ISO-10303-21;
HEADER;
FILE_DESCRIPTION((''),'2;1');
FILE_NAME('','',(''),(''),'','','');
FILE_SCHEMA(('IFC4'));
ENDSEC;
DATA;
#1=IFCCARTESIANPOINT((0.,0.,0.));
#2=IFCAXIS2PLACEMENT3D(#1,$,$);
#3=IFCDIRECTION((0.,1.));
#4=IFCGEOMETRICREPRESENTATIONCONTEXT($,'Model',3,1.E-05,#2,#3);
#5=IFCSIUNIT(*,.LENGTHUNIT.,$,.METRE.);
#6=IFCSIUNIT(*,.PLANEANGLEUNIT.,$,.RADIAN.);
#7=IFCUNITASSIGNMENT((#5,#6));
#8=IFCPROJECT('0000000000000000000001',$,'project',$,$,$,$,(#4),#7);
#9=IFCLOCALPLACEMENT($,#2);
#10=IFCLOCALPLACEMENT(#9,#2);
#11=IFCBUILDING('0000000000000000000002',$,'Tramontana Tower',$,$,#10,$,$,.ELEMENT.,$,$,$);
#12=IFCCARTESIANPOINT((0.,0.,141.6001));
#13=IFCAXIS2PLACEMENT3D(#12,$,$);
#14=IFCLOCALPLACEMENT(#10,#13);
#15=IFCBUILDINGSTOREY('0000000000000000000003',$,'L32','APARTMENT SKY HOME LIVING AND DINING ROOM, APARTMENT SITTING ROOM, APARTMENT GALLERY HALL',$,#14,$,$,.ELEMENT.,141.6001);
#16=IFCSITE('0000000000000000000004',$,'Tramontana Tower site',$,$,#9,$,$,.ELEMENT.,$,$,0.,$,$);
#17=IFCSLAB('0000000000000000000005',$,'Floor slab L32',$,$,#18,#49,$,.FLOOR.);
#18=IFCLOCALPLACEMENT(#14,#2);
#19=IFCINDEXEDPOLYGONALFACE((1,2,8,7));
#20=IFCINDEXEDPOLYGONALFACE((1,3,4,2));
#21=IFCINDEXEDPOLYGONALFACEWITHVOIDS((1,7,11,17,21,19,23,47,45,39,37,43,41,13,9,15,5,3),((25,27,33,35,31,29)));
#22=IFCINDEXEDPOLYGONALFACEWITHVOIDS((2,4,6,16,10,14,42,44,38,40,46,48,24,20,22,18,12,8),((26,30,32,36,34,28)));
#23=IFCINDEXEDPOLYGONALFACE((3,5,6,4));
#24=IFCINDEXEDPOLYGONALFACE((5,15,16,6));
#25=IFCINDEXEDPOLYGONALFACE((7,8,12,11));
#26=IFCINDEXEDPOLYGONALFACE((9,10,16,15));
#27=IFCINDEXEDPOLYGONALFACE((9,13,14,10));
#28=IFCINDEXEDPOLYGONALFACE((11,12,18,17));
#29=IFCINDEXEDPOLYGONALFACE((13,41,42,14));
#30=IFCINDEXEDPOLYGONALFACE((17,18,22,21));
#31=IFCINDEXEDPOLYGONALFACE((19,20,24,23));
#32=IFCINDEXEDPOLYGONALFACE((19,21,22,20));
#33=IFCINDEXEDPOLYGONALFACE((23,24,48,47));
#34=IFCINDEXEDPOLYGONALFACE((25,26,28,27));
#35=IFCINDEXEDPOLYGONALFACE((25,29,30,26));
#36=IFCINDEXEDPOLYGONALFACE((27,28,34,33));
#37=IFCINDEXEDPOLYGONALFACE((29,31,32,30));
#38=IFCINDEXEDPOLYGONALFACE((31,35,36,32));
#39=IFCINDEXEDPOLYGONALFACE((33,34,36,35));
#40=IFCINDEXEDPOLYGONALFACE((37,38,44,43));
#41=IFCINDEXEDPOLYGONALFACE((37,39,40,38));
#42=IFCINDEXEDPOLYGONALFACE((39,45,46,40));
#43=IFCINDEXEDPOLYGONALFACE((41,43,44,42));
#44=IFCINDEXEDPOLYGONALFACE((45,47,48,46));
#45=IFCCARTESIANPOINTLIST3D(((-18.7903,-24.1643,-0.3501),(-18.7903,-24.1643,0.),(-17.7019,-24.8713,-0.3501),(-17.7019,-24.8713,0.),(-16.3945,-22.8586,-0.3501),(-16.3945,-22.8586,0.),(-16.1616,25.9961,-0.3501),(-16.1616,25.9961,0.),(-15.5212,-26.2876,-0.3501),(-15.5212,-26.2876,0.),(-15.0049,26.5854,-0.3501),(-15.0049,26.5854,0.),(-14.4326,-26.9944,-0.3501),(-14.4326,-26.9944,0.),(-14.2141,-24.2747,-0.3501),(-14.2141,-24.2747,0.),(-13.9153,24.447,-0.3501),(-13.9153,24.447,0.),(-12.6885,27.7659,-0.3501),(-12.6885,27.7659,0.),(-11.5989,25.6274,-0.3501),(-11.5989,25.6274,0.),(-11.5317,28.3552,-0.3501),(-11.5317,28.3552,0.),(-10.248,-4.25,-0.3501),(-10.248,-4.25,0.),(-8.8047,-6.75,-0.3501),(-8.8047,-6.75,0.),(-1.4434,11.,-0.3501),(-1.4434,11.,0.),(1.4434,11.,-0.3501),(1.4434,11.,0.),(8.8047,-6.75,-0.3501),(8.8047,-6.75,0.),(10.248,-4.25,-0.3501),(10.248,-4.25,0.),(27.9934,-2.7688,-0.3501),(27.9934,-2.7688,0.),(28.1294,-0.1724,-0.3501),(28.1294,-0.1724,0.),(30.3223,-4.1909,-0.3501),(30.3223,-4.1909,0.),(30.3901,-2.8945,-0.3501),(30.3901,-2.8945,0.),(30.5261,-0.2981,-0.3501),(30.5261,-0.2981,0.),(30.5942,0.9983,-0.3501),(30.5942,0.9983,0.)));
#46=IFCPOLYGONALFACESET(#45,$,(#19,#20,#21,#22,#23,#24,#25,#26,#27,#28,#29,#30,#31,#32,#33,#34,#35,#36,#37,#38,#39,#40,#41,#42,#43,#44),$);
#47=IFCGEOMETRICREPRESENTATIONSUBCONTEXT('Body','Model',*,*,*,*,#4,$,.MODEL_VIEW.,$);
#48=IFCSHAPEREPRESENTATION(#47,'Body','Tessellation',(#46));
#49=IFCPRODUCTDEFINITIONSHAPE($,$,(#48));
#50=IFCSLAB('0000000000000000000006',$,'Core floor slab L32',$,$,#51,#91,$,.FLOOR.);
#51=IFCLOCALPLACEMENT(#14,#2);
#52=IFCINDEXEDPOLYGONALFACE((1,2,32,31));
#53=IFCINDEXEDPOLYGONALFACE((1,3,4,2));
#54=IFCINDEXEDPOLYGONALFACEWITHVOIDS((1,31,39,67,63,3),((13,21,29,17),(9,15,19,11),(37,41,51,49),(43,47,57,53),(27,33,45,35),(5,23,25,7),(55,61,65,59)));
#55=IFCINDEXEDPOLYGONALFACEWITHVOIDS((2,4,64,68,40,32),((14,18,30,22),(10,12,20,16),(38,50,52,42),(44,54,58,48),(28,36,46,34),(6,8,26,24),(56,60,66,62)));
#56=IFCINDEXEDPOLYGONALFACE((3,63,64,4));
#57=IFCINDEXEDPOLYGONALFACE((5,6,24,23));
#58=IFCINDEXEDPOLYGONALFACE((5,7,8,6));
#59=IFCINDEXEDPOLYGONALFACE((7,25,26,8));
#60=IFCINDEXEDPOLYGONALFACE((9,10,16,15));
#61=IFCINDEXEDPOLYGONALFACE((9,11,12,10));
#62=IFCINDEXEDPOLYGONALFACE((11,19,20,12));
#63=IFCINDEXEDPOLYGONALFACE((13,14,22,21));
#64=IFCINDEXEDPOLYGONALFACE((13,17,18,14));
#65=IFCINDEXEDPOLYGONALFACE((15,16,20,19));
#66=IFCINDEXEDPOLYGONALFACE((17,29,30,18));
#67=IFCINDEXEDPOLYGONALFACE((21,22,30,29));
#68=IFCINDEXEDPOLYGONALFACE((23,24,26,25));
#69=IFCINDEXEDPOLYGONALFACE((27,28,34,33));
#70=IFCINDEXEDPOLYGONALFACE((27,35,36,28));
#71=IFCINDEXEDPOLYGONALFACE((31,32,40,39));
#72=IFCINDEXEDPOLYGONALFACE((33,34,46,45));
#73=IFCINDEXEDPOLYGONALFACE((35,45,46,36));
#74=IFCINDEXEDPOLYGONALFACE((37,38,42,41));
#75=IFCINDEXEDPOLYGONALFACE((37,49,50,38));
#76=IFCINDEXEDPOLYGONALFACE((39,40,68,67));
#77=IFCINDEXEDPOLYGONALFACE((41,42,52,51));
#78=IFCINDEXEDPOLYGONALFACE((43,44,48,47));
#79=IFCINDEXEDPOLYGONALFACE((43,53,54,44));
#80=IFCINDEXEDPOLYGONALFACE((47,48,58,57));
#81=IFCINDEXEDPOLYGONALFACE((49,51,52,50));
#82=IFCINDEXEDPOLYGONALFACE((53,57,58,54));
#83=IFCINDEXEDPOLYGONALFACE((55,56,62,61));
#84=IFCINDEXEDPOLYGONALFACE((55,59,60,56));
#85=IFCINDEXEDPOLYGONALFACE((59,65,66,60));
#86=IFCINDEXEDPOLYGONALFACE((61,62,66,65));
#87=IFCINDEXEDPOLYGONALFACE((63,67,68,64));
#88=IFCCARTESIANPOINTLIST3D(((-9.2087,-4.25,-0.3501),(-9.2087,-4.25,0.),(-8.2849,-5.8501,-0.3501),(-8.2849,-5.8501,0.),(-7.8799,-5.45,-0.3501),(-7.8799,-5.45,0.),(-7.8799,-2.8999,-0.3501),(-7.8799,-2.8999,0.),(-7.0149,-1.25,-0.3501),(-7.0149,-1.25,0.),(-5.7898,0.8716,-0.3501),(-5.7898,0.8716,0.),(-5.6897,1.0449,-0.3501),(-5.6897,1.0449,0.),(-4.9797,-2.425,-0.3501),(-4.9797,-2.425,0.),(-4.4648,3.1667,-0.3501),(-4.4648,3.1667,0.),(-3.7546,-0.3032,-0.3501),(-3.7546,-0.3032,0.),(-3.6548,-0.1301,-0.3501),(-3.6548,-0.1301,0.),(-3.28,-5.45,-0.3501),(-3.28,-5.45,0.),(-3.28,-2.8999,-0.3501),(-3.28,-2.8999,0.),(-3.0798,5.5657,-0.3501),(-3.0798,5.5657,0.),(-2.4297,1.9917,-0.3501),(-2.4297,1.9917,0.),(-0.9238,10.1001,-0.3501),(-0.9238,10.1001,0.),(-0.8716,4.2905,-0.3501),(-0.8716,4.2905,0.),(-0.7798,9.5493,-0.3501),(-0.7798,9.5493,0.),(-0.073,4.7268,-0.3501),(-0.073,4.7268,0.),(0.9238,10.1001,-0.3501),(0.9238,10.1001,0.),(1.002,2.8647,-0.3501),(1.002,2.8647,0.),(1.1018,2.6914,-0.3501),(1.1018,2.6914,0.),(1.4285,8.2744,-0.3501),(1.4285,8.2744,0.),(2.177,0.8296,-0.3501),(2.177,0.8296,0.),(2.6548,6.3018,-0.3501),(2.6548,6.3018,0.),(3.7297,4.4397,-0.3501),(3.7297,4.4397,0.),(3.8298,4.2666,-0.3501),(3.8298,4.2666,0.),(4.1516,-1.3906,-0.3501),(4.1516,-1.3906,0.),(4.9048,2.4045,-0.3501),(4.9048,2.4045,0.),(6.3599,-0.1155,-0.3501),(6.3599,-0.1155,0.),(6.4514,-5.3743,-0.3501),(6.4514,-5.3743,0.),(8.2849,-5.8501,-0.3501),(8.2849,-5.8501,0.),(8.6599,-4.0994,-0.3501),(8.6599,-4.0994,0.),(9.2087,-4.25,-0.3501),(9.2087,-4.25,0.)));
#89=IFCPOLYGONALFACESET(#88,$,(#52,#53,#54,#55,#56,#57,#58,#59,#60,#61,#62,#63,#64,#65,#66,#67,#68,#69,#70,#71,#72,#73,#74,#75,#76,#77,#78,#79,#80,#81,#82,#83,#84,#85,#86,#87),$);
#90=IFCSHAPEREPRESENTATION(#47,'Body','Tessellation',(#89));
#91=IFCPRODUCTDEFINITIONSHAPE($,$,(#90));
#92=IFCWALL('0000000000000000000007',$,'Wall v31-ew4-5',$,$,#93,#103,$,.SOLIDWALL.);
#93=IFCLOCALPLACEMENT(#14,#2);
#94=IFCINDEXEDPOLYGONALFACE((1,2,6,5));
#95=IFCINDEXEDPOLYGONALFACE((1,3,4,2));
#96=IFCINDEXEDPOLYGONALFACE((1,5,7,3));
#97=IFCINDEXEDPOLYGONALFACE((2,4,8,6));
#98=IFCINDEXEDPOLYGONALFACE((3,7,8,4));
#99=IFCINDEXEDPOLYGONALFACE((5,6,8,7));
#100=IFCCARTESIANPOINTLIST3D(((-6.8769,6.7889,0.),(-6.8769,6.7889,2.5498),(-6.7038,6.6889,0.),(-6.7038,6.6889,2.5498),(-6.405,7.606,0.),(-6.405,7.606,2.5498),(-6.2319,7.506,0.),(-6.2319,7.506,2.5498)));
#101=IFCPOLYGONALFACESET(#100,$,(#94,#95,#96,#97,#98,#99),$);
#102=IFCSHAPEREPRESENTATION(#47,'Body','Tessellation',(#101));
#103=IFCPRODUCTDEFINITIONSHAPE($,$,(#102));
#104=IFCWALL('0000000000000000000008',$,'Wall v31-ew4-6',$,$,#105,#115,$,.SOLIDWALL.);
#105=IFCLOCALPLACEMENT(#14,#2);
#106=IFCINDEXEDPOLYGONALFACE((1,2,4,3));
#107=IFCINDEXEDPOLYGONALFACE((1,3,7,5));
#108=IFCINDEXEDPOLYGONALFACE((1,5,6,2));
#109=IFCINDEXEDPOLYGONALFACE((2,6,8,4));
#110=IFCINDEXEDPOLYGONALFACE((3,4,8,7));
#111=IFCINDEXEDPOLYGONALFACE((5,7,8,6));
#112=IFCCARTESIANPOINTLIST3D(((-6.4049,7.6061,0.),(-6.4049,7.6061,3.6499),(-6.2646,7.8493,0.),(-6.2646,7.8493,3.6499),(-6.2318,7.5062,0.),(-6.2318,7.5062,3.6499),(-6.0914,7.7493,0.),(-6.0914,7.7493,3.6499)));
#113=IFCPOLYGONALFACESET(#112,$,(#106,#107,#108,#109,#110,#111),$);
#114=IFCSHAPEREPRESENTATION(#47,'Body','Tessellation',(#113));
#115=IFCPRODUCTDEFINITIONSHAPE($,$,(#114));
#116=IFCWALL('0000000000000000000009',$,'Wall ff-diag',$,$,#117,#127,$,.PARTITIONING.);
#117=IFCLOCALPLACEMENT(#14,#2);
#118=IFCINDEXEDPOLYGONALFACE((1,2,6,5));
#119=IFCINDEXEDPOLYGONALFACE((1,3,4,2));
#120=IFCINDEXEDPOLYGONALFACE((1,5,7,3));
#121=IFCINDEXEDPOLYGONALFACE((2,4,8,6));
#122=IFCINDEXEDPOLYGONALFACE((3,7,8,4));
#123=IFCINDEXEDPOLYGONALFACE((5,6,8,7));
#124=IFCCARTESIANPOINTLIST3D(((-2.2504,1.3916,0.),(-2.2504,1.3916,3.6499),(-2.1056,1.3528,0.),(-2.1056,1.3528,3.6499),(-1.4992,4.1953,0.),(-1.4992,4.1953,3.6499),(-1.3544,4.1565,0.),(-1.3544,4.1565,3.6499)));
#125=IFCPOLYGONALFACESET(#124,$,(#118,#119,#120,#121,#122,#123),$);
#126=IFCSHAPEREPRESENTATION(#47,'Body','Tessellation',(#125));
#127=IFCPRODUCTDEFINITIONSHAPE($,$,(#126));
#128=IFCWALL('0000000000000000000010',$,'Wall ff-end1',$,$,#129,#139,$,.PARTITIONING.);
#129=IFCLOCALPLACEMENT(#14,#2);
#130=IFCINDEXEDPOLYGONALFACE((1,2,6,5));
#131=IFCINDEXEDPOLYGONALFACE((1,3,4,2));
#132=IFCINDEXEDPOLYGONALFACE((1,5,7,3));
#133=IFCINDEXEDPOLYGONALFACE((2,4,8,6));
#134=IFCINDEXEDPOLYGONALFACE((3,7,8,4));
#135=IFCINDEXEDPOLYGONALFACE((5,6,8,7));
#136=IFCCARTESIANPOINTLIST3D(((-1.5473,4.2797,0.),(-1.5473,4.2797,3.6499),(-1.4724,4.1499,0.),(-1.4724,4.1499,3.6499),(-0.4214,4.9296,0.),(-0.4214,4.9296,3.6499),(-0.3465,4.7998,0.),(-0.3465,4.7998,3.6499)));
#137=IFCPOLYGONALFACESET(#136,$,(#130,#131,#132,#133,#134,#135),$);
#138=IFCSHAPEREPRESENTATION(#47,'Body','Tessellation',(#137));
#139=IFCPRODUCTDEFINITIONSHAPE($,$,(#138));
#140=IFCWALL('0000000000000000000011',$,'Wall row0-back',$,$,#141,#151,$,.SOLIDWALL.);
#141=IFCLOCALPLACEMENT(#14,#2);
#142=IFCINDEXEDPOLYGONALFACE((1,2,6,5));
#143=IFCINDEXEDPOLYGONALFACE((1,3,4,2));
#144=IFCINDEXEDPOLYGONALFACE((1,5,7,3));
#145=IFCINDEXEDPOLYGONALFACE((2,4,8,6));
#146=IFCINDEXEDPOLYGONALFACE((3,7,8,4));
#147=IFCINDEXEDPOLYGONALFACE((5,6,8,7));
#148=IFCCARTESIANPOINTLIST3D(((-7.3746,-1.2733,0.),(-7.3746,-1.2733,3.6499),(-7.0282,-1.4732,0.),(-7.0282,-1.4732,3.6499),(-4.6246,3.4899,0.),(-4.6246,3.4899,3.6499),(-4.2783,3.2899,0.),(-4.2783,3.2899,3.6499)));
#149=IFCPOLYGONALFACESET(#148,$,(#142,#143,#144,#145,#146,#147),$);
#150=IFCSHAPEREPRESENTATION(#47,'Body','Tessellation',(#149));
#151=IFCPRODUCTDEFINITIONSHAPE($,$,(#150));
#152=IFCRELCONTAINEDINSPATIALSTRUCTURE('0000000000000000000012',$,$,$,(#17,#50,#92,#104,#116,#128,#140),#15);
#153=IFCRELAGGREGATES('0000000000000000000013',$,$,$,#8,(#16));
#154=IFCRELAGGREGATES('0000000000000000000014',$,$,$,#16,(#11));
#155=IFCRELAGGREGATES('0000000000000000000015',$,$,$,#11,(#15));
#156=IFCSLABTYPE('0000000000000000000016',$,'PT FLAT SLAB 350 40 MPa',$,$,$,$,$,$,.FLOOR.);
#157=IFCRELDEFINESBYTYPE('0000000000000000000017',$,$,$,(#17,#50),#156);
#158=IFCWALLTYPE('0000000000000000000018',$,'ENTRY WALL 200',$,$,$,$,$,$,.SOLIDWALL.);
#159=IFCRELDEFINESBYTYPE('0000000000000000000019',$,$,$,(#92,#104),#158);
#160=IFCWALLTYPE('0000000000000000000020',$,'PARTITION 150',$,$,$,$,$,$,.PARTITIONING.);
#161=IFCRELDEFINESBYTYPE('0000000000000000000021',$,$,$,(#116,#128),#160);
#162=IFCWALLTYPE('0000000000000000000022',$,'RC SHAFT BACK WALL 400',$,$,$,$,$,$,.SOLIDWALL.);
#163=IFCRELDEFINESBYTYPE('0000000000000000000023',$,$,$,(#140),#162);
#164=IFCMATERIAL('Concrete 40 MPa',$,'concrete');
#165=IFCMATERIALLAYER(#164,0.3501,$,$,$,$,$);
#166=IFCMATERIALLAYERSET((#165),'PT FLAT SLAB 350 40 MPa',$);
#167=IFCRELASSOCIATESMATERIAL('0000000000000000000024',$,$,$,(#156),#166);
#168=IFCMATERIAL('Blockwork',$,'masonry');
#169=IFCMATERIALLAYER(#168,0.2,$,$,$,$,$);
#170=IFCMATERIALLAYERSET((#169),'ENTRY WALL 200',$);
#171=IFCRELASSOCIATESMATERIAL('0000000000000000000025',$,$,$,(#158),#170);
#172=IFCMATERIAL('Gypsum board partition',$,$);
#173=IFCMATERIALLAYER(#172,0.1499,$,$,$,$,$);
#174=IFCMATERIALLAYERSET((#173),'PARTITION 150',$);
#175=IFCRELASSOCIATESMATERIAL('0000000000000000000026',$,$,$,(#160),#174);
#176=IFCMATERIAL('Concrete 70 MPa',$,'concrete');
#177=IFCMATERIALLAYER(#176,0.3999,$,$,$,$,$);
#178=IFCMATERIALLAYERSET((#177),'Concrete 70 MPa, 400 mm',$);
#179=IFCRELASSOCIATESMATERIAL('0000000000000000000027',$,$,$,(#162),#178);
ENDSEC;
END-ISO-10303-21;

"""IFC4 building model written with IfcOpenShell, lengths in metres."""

from ifc_helpers import new_model, si_unit, direction, frame, frame_2d, origin, place, context, subcontext, project, spatial, polyline, rectangle, outline, extrude, material, layer, layer_set, type_object, element, save


model = new_model("IFC4")

# Units and contexts
model_context = context("Model", 3, precision=1e-05, world=origin(), true_north=direction((0.0, 1.0)))
body_context = subcontext(model_context, "Body", "Model", "MODEL_VIEW")
ifc_project = project(units=[si_unit("LENGTHUNIT", "METRE"), si_unit("PLANEANGLEUNIT", "RADIAN")], contexts=[model_context])

# Site, building, storey
site_placement = place(None, origin())
site = spatial("IfcSite", under=ifc_project, at=site_placement, Name="Tramontana Tower site", CompositionType="ELEMENT", RefElevation=0.0)
building_placement = place(site_placement, origin())
building = spatial("IfcBuilding", under=site, at=building_placement, Name="Tramontana Tower", CompositionType="ELEMENT")
storey_placement = place(building_placement, frame((0.0, 0.0, 141.6001)))
storey = spatial("IfcBuildingStorey", under=building, at=storey_placement, Name="L32", Description="APARTMENT SKY HOME LIVING AND DINING ROOM, APARTMENT SITTING ROOM, APARTMENT GALLERY HALL", CompositionType="ELEMENT", Elevation=141.6001)

# Slabs
ifc_material_1 = material(Name="Concrete 40 MPa", Category="concrete")
ifc_layer_1 = layer(ifc_material_1, 0.3501)
ifc_layer_set_1 = layer_set([ifc_layer_1], Name="PT FLAT SLAB 350 40 MPa")
slab_type = type_object("IfcSlabType", Name="PT FLAT SLAB 350 40 MPa", PredefinedType="FLOOR", material=ifc_layer_set_1)
slab_1_placement = place(storey_placement, frame((0.0, 0.0, -0.3501)))
element("IfcSlab", 1, at=slab_1_placement, inside=storey, type_object=slab_type, Name="Floor slab L32", PredefinedType="FLOOR", context=body_context, shape_type="SweptSolid", body=[
    extrude(outline(polyline([(30.5261, -0.2981), (28.1294, -0.1724), (27.9934, -2.7688), (30.3901, -2.8945), (30.3223, -4.1909), (-14.4326, -26.9944), (-15.5212, -26.2876), (-14.2141, -24.2747), (-16.3945, -22.8586), (-17.7019, -24.8713), (-18.7903, -24.1643), (-16.1616, 25.9961), (-15.0049, 26.5854), (-13.9153, 24.447), (-11.5989, 25.6274), (-12.6885, 27.7659), (-11.5317, 28.3552), (30.5942, 0.9983), (30.5261, -0.2981)]), holes=[polyline([(-10.248, -4.25), (-8.8047, -6.75), (8.8047, -6.75), (10.248, -4.25), (1.4434, 11.0), (-1.4434, 11.0), (-10.248, -4.25)])]), origin(), (0.0, 0.0, 1.0), 0.3501),
])
slab_2_placement = place(storey_placement, frame((0.0, 0.0, -0.3501)))
element("IfcSlab", 2, at=slab_2_placement, inside=storey, type_object=slab_type, Name="Core floor slab L32", PredefinedType="FLOOR", context=body_context, shape_type="SweptSolid", body=[
    extrude(outline(polyline([(9.2087, -4.25), (8.2849, -5.8501), (-8.2849, -5.8501), (-9.2087, -4.25), (-0.9238, 10.1001), (0.9238, 10.1001), (9.2087, -4.25)]), holes=[polyline([(8.6599, -4.0994), (6.3599, -0.1155), (4.1516, -1.3906), (6.4514, -5.3743), (8.6599, -4.0994)]), polyline([(3.8298, 4.2666), (1.1018, 2.6914), (2.177, 0.8296), (4.9048, 2.4045), (3.8298, 4.2666)]), polyline([(2.6548, 6.3018), (-0.073, 4.7268), (1.002, 2.8647), (3.7297, 4.4397), (2.6548, 6.3018)]), polyline([(-0.7798, 9.5493), (-3.0798, 5.5657), (-0.8716, 4.2905), (1.4285, 8.2744), (-0.7798, 9.5493)]), polyline([(-5.6897, 1.0449), (-3.6548, -0.1301), (-2.4297, 1.9917), (-4.4648, 3.1667), (-5.6897, 1.0449)]), polyline([(-3.28, -5.45), (-3.28, -2.8999), (-7.8799, -2.8999), (-7.8799, -5.45), (-3.28, -5.45)]), polyline([(-7.0149, -1.25), (-4.9797, -2.425), (-3.7546, -0.3032), (-5.7898, 0.8716), (-7.0149, -1.25)])]), origin(), (0.0, 0.0, 1.0), 0.3501),
])

# Walls
ifc_material_2 = material(Name="Blockwork", Category="masonry")
ifc_layer_2 = layer(ifc_material_2, 0.2)
ifc_layer_set_2 = layer_set([ifc_layer_2], Name="ENTRY WALL 200")
wall_type_1 = type_object("IfcWallType", Name="ENTRY WALL 200", PredefinedType="SOLIDWALL", material=ifc_layer_set_2)
wall_1_placement = place(storey_placement, frame((-6.7903, 6.739, 0.0), z_axis=(0.0, 0.0, 1.0), x_axis=(0.500118, 0.865957, 0.0)))
element("IfcWall", 3, at=wall_1_placement, inside=storey, type_object=wall_type_1, Name="Wall v31-ew4-5", PredefinedType="SOLIDWALL", context=body_context, shape_type="SweptSolid", body=[
    extrude(rectangle(XDim=0.9436, YDim=0.2, at=frame_2d((0.4717, 0.0))), origin(), (0.0, 0.0, 1.0), 2.5498),
])
wall_2_placement = place(storey_placement, frame((-6.3184, 7.5562, 0.0), z_axis=(0.0, 0.0, 1.0), x_axis=(0.499973, 0.866041, 0.0)))
element("IfcWall", 4, at=wall_2_placement, inside=storey, type_object=wall_type_1, Name="Wall v31-ew4-6", PredefinedType="SOLIDWALL", context=body_context, shape_type="SweptSolid", body=[
    extrude(rectangle(XDim=0.2808, YDim=0.2, at=frame_2d((0.1404, 0.0))), origin(), (0.0, 0.0, 1.0), 3.6499),
])

# Walls
ifc_material_3 = material(Name="Gypsum board partition")
ifc_layer_3 = layer(ifc_material_3, 0.1499)
ifc_layer_set_3 = layer_set([ifc_layer_3], Name="PARTITION 150")
wall_type_2 = type_object("IfcWallType", Name="PARTITION 150", PredefinedType="PARTITIONING", material=ifc_layer_set_3)
wall_3_placement = place(storey_placement, frame((-2.178, 1.3723, 0.0), z_axis=(0.0, 0.0, 1.0), x_axis=(0.258809, 0.965929, 0.0)))
element("IfcWall", 5, at=wall_3_placement, inside=storey, type_object=wall_type_2, Name="Wall ff-diag", PredefinedType="PARTITIONING", context=body_context, shape_type="SweptSolid", body=[
    extrude(rectangle(XDim=2.9026, YDim=0.1499, at=frame_2d((1.4512, 0.0))), origin(), (0.0, 0.0, 1.0), 3.6499),
])
wall_4_placement = place(storey_placement, frame((-1.5098, 4.2148, 0.0), z_axis=(0.0, 0.0, 1.0), x_axis=(0.866086, 0.499896, 0.0)))
element("IfcWall", 6, at=wall_4_placement, inside=storey, type_object=wall_type_2, Name="Wall ff-end1", PredefinedType="PARTITIONING", context=body_context, shape_type="SweptSolid", body=[
    extrude(rectangle(XDim=1.3, YDim=0.1499, at=frame_2d((0.6499, 0.0))), origin(), (0.0, 0.0, 1.0), 3.6499),
])
ifc_material_4 = material(Name="Concrete 70 MPa", Category="concrete")
ifc_layer_4 = layer(ifc_material_4, 0.3999)
ifc_layer_set_4 = layer_set([ifc_layer_4], Name="Concrete 70 MPa, 400 mm")
wall_type_3 = type_object("IfcWallType", Name="RC SHAFT BACK WALL 400", PredefinedType="SOLIDWALL", material=ifc_layer_set_4)
wall_5_placement = place(storey_placement, frame((-4.4514, 3.3899, 0.0), z_axis=(0.0, 0.0, 1.0), x_axis=(-0.499997, -0.866027, 0.0)))
element("IfcWall", 7, at=wall_5_placement, inside=storey, type_object=wall_type_3, Name="Wall row0-back", PredefinedType="SOLIDWALL", context=body_context, shape_type="SweptSolid", body=[
    extrude(rectangle(XDim=5.5, YDim=0.3999, at=frame_2d((2.75, 0.0))), origin(), (0.0, 0.0, 1.0), 3.6499),
])

save(model, "model.ifc")
